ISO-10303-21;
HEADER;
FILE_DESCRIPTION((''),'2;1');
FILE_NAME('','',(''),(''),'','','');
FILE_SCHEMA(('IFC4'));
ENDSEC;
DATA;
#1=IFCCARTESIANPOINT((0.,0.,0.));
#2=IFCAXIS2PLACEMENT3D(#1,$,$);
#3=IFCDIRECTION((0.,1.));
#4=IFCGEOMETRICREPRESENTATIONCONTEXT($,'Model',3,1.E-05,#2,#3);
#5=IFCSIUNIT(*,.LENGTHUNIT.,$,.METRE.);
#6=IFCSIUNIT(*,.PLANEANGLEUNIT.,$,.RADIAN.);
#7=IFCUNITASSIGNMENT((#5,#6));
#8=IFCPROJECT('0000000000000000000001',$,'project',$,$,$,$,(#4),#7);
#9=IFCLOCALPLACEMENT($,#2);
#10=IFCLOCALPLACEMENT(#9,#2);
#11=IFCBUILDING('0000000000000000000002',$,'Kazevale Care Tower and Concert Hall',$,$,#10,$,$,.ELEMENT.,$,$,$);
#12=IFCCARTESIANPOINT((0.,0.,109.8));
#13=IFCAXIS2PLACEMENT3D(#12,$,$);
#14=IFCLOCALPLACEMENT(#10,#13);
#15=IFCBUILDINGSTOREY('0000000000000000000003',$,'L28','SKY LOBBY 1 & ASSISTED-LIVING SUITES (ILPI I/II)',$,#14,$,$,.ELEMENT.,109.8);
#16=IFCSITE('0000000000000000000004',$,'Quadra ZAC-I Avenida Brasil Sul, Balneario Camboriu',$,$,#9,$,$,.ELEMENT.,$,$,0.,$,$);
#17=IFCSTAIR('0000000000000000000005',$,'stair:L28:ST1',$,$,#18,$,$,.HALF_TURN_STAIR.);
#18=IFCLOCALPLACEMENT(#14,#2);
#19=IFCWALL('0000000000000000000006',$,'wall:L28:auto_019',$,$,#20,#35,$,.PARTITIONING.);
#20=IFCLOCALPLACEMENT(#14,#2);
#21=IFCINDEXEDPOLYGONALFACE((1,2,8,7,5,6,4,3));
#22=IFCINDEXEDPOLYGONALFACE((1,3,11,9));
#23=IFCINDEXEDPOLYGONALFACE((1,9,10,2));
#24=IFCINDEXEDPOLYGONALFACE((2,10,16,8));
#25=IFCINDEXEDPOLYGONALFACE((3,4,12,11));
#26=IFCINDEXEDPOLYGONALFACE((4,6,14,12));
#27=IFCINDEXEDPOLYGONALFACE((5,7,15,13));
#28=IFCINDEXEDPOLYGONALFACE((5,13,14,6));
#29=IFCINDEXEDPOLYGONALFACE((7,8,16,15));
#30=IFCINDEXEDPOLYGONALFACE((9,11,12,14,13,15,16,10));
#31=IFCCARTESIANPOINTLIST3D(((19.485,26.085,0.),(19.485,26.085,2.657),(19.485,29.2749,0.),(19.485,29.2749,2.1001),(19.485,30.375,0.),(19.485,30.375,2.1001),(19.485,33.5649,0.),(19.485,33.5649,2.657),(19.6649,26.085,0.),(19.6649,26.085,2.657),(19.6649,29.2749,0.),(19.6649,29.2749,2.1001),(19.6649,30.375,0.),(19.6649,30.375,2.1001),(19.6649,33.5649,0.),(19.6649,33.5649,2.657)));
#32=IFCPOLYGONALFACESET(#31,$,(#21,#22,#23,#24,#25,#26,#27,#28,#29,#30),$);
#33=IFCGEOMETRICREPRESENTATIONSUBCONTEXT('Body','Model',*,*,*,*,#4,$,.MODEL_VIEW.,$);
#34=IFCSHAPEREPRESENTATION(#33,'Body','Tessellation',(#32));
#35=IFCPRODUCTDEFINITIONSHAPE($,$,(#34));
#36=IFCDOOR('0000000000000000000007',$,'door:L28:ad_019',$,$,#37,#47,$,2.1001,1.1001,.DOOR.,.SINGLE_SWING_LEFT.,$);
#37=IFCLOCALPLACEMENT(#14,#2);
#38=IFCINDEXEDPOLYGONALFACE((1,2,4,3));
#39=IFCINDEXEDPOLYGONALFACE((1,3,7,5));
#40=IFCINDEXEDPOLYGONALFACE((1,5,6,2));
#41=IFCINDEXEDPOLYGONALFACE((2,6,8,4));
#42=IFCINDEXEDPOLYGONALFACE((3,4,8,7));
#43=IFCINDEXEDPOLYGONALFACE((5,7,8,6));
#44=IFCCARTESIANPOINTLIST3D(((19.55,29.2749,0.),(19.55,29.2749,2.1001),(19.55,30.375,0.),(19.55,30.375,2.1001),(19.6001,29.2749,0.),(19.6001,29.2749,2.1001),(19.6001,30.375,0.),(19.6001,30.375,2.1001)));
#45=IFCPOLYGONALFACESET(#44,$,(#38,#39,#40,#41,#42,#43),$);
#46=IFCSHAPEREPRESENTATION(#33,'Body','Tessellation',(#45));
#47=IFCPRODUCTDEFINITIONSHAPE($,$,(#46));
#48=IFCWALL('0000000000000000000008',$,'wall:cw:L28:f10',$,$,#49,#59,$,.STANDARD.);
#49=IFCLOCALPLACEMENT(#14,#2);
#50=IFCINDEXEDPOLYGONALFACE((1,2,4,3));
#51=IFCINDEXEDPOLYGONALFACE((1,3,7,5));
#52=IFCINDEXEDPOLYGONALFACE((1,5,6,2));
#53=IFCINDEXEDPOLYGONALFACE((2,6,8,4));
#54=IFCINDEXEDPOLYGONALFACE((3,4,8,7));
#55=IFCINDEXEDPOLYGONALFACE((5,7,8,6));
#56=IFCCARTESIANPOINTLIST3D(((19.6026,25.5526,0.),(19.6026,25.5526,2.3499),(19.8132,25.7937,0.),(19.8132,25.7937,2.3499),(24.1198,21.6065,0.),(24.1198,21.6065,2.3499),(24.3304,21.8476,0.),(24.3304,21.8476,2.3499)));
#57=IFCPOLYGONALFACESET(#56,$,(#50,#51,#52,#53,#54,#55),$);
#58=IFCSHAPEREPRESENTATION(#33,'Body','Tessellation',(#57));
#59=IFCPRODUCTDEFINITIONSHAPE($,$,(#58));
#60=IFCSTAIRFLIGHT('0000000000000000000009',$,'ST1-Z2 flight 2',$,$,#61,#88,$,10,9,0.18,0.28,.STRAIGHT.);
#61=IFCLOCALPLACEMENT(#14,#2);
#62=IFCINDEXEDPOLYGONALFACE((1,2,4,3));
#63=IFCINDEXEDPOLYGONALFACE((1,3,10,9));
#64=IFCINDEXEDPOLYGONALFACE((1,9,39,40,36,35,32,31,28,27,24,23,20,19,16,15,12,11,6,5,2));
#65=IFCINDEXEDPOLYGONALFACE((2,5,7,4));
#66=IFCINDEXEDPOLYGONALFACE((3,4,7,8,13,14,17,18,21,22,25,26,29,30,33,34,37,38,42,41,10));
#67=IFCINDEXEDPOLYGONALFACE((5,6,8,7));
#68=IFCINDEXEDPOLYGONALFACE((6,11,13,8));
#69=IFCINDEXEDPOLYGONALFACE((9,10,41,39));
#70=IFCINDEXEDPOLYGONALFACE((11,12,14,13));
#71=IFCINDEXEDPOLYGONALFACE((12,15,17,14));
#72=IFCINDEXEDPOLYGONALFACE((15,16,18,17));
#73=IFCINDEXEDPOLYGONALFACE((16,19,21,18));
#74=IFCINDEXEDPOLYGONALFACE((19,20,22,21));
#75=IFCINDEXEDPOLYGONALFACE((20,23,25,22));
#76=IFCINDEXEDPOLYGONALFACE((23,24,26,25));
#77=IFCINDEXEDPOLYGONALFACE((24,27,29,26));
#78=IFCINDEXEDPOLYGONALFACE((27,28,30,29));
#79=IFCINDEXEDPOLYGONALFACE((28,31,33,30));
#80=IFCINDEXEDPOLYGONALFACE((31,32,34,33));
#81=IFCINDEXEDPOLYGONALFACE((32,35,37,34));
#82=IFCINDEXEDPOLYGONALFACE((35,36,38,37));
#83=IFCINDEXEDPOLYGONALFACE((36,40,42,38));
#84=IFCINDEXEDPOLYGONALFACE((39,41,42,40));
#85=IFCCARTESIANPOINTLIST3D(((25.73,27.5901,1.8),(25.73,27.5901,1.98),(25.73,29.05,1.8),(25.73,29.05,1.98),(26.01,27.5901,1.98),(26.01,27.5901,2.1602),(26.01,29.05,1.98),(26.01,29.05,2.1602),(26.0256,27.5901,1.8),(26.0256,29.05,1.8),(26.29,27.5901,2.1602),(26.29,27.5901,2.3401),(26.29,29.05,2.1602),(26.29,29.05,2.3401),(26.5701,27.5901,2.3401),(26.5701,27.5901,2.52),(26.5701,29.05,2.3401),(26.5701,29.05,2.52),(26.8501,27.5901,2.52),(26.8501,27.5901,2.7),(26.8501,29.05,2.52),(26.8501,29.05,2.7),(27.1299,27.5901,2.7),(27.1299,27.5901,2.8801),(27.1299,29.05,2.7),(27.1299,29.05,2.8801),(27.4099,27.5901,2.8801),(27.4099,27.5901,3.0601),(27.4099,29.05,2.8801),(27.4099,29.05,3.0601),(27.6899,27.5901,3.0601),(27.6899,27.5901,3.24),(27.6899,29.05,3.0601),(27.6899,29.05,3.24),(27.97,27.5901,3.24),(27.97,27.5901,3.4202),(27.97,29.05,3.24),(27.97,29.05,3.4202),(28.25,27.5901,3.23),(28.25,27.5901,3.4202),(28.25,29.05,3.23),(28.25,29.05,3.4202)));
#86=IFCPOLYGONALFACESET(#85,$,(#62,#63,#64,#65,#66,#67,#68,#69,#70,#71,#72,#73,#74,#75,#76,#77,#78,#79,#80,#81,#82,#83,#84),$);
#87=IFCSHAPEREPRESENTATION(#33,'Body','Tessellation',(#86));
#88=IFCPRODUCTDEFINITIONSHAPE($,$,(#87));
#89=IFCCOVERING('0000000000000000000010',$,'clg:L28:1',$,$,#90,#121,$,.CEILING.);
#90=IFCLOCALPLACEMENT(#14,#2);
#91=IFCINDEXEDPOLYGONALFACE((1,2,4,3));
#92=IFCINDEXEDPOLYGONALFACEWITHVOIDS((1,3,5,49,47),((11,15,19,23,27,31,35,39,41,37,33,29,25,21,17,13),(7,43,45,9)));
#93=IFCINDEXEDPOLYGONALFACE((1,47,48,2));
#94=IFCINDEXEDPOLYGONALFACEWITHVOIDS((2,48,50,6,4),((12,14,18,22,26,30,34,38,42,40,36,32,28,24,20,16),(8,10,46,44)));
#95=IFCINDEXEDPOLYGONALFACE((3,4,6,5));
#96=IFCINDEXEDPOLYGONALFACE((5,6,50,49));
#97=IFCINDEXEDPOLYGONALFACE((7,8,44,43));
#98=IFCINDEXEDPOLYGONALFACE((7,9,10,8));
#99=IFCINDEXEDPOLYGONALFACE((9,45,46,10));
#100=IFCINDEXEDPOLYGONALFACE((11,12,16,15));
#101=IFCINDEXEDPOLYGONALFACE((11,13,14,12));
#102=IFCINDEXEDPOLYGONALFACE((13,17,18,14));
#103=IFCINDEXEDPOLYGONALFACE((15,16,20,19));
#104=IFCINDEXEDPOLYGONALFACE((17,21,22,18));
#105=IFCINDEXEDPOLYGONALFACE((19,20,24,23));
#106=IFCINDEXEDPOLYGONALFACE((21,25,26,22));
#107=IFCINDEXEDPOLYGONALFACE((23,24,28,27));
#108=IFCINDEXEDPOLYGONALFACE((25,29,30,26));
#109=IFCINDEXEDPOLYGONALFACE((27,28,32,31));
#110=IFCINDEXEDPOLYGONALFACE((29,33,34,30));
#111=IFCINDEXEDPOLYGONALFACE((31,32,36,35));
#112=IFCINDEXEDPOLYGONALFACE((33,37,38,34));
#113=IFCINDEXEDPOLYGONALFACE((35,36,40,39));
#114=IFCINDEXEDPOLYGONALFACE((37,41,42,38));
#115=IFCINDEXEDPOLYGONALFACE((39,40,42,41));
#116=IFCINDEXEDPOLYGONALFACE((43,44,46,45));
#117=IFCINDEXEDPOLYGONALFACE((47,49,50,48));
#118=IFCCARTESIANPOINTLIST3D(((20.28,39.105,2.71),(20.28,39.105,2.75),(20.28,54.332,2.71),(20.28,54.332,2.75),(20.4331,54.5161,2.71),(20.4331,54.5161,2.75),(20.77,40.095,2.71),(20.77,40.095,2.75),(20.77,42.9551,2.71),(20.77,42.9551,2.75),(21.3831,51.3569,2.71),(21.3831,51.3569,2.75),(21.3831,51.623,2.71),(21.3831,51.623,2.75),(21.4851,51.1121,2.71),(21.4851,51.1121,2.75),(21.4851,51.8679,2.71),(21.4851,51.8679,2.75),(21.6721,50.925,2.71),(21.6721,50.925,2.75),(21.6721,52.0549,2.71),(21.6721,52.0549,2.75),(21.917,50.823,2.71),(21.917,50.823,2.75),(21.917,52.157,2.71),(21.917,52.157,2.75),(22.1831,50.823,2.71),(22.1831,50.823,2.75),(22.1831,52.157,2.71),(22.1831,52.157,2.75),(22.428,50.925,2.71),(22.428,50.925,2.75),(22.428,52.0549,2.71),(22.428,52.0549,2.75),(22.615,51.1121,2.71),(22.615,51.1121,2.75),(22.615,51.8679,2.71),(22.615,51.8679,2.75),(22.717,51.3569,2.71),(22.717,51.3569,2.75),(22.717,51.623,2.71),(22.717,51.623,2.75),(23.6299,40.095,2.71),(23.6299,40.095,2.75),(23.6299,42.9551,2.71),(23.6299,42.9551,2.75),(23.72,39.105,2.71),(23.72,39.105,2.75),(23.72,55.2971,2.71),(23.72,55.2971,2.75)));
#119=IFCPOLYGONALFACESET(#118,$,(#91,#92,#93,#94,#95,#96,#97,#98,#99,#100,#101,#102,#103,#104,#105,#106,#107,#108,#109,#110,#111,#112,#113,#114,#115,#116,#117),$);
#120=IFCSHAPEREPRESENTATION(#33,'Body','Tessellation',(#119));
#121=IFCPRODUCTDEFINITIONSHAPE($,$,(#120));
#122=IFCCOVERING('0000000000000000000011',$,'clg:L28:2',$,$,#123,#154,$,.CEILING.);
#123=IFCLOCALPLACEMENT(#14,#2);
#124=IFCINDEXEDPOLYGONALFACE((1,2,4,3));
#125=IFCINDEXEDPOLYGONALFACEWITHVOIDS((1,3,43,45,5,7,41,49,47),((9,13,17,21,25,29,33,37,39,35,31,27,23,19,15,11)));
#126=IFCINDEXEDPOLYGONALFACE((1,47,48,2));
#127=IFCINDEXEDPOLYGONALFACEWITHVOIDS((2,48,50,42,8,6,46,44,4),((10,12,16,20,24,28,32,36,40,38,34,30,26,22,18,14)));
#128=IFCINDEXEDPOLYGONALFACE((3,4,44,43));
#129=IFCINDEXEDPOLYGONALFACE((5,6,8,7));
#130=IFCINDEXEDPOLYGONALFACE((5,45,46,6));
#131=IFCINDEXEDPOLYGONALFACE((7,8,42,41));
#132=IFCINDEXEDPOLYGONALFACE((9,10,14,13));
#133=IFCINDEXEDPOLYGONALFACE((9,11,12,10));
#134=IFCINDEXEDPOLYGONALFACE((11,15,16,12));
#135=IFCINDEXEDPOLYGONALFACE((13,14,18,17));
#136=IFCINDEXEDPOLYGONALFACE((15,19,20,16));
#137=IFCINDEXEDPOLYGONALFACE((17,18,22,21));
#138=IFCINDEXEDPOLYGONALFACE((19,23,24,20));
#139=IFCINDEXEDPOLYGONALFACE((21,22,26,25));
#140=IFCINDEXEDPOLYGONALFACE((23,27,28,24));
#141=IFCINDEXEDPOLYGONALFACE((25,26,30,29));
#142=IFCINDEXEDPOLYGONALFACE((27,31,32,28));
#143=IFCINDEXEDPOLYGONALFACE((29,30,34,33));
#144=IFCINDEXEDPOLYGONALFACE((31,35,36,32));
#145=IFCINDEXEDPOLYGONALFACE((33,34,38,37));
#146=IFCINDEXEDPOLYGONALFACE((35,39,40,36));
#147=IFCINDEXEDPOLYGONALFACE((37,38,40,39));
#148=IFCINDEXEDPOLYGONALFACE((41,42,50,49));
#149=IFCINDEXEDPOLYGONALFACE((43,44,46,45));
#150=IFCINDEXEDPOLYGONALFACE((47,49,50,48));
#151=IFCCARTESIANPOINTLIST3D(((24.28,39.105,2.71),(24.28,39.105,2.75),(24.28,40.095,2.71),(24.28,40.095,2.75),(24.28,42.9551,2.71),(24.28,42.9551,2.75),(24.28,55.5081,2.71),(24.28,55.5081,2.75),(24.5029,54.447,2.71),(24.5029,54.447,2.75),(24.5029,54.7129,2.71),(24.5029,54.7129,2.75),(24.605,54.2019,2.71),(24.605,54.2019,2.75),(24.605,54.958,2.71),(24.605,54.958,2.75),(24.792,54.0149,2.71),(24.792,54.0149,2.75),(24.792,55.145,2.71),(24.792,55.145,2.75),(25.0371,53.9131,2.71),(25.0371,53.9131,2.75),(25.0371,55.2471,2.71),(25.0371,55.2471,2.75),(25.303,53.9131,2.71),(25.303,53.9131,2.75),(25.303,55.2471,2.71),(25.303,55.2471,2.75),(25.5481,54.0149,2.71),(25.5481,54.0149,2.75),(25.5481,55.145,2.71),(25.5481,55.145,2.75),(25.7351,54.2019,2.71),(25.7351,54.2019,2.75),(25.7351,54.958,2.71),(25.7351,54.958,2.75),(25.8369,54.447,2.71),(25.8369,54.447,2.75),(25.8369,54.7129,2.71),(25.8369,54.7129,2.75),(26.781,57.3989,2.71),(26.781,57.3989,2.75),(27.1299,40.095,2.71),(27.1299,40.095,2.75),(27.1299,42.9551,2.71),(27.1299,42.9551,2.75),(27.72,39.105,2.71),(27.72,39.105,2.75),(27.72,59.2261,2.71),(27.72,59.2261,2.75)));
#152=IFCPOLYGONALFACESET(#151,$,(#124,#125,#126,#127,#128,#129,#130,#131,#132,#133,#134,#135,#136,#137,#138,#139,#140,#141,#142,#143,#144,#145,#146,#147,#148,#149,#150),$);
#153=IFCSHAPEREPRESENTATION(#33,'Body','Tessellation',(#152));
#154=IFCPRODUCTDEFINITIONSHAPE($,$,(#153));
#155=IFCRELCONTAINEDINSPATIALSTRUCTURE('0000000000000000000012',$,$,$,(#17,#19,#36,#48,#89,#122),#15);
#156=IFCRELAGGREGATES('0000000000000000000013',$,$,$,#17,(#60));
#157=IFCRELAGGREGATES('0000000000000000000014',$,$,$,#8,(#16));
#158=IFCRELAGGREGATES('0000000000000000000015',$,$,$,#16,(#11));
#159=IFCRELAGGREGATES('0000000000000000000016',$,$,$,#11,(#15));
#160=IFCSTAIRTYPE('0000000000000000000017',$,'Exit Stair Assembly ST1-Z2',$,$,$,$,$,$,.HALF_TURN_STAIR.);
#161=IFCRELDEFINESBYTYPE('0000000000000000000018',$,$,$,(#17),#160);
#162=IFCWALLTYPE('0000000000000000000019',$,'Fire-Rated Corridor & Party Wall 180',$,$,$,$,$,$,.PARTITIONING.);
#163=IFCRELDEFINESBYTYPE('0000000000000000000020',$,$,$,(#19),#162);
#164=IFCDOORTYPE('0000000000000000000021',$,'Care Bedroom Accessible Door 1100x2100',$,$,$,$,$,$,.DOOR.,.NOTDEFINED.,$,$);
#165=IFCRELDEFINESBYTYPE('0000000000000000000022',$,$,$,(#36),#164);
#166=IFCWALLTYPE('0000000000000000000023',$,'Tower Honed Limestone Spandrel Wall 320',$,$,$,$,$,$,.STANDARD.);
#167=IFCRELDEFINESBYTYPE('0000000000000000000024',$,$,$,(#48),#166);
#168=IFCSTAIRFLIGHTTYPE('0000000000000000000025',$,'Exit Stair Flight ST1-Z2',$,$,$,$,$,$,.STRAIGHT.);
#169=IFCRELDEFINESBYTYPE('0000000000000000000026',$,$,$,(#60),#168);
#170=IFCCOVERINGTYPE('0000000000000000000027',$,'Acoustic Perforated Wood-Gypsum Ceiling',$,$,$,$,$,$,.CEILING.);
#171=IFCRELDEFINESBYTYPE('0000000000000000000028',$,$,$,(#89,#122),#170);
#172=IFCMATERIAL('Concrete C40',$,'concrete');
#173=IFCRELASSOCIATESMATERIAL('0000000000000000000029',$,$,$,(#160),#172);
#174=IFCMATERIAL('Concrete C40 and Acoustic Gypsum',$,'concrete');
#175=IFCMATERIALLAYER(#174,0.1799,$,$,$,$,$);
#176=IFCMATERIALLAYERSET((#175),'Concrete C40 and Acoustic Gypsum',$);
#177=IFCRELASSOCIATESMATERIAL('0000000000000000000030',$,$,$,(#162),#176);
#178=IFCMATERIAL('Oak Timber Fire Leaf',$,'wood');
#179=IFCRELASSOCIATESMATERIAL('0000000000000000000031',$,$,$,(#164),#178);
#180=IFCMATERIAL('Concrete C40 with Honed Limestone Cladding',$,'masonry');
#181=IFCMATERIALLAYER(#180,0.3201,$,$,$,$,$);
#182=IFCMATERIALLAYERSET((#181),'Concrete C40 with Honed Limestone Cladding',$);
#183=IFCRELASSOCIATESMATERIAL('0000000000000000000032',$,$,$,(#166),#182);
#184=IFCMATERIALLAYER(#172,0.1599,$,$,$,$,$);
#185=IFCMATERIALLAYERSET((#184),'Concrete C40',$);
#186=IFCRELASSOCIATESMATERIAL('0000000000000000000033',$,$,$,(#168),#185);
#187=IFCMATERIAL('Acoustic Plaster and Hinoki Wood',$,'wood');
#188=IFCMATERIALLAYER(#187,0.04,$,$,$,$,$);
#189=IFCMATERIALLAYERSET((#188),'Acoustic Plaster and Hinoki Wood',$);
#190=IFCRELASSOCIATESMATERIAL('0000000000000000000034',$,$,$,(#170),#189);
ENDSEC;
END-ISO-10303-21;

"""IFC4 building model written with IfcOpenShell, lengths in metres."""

from ifc_helpers import new_model, si_unit, direction, frame, frame_2d, origin, place, context, subcontext, project, spatial, polyline, rectangle, outline, extrude, material, layer, layer_set, type_object, element, fill, aggregate, save


model = new_model("IFC4")

# Units and contexts
model_context = context("Model", 3, precision=1e-05, world=origin(), true_north=direction((0.0, 1.0)))
body_context = subcontext(model_context, "Body", "Model", "MODEL_VIEW")
ifc_project = project(units=[si_unit("LENGTHUNIT", "METRE"), si_unit("PLANEANGLEUNIT", "RADIAN")], contexts=[model_context])

# Site, building, storey
site_placement = place(None, origin())
site = spatial("IfcSite", under=ifc_project, at=site_placement, Name="Quadra ZAC-I Avenida Brasil Sul, Balneario Camboriu", CompositionType="ELEMENT", RefElevation=0.0)
building_placement = place(site_placement, origin())
building = spatial("IfcBuilding", under=site, at=building_placement, Name="Kazevale Care Tower and Concert Hall", CompositionType="ELEMENT")
storey_placement = place(building_placement, frame((0.0, 0.0, 109.8)))
storey = spatial("IfcBuildingStorey", under=building, at=storey_placement, Name="L28", Description="SKY LOBBY 1 & ASSISTED-LIVING SUITES (ILPI I/II)", CompositionType="ELEMENT", Elevation=109.8)

# Shared definitions
ifc_material_1 = material(Name="Concrete C40", Category="concrete")

# Stair
stair_type = type_object("IfcStairType", Name="Exit Stair Assembly ST1-Z2", PredefinedType="HALF_TURN_STAIR", material=ifc_material_1)
stair_1_placement = place(storey_placement, origin())
stair_1 = element("IfcStair", 1, at=stair_1_placement, inside=storey, type_object=stair_type, Name="stair:L28:ST1", PredefinedType="HALF_TURN_STAIR")

# Wall, opening, door
ifc_material_2 = material(Name="Concrete C40 and Acoustic Gypsum", Category="concrete")
ifc_layer_1 = layer(ifc_material_2, 0.1799)
ifc_layer_set_1 = layer_set([ifc_layer_1], Name="Concrete C40 and Acoustic Gypsum")
wall_type_1 = type_object("IfcWallType", Name="Fire-Rated Corridor & Party Wall 180", PredefinedType="PARTITIONING", material=ifc_layer_set_1)
wall_1_placement = place(storey_placement, frame((19.575, 26.085, 0.0), z_axis=(0.0, 0.0, 1.0), x_axis=(0.0, 1.0, 0.0)))
wall_1 = element("IfcWall", 2, at=wall_1_placement, inside=storey, type_object=wall_type_1, Name="wall:L28:auto_019", PredefinedType="PARTITIONING", context=body_context, shape_type="SweptSolid", body=[
    extrude(rectangle(XDim=7.48, YDim=0.1799, at=frame_2d((3.74, 0.0))), origin(), (0.0, 0.0, 1.0), 2.657),
])
opening_1_placement = place(wall_1_placement, frame((3.1899, 0.0, 0.0)))
opening_1 = element("IfcOpeningElement", 3, at=opening_1_placement, cuts=wall_1, PredefinedType="OPENING", context=body_context, shape_type="SweptSolid", body=[
    extrude(rectangle(XDim=1.1001, YDim=2.1001, at=frame_2d((0.55, 1.05))), frame((0.0, 0.0999, 0.0), z_axis=(0.0, -1.0, 0.0), x_axis=(1.0, 0.0, 0.0)), (0.0, 0.0, 1.0), 0.2),
])
ifc_material_3 = material(Name="Oak Timber Fire Leaf", Category="wood")
door_type_1 = type_object("IfcDoorType", Name="Care Bedroom Accessible Door 1100x2100", OperationType="NOTDEFINED", PredefinedType="DOOR", material=ifc_material_3)
door_1_placement = place(opening_1_placement, origin())
door_1 = element("IfcDoor", 4, at=door_1_placement, inside=storey, type_object=door_type_1, Name="door:L28:ad_019", OperationType="SINGLE_SWING_LEFT", OverallHeight=2.1001, OverallWidth=1.1001, PredefinedType="DOOR", context=body_context, shape_type="SweptSolid", body=[
    extrude(rectangle(XDim=1.1001, YDim=2.1001, at=frame_2d((0.55, 1.05))), frame((0.0, 0.0249, 0.0), z_axis=(0.0, -1.0, 0.0), x_axis=(1.0, 0.0, 0.0)), (0.0, 0.0, 1.0), 0.05),
])
fill(opening_1, door_1)

# Wall
ifc_material_4 = material(Name="Concrete C40 with Honed Limestone Cladding", Category="masonry")
ifc_layer_2 = layer(ifc_material_4, 0.3201)
ifc_layer_set_2 = layer_set([ifc_layer_2], Name="Concrete C40 with Honed Limestone Cladding")
wall_type_2 = type_object("IfcWallType", Name="Tower Honed Limestone Spandrel Wall 320", PredefinedType="STANDARD", material=ifc_layer_set_2)
wall_2_placement = place(storey_placement, frame((24.2251, 21.7271, 0.0), z_axis=(0.0, 0.0, 1.0), x_axis=(-0.753106, 0.657899, 0.0)))
element("IfcWall", 5, at=wall_2_placement, inside=storey, type_object=wall_type_2, Name="wall:cw:L28:f10", PredefinedType="STANDARD", context=body_context, shape_type="SweptSolid", body=[
    extrude(rectangle(XDim=5.998, YDim=0.3201, at=frame_2d((2.999, 0.0))), origin(), (0.0, 0.0, 1.0), 2.3499),
])

# Stair flight
ifc_layer_3 = layer(ifc_material_1, 0.1599)
ifc_layer_set_3 = layer_set([ifc_layer_3], Name="Concrete C40")
stair_flight_type = type_object("IfcStairFlightType", Name="Exit Stair Flight ST1-Z2", PredefinedType="STRAIGHT", material=ifc_layer_set_3)
stair_flight_placement = place(storey_placement, frame((25.73, 28.3201, 1.8), z_axis=(0.0, 0.0, 1.0), x_axis=(1.0, 0.0, 0.0)))
stair_flight = element("IfcStairFlight", 6, at=stair_flight_placement, type_object=stair_flight_type, Name="ST1-Z2 flight 2", NumberOfRisers=10, NumberOfTreads=9, PredefinedType="STRAIGHT", RiserHeight=0.18, TreadLength=0.28, context=body_context, shape_type="SweptSolid", body=[
    extrude(outline(polyline([(0.0, 0.0), (0.0, 0.1799), (0.28, 0.1799), (0.28, 0.3601), (0.5601, 0.3601), (0.5601, 0.54), (0.8401, 0.54), (0.8401, 0.72), (1.1201, 0.72), (1.1201, 0.8999), (1.3999, 0.8999), (1.3999, 1.0801), (1.6799, 1.0801), (1.6799, 1.26), (1.96, 1.26), (1.96, 1.4399), (2.24, 1.4399), (2.24, 1.6201), (2.52, 1.6201), (2.52, 1.8), (2.52, 1.4299), (0.2957, 0.0), (0.0, 0.0)])), frame((0.0, 0.73, 0.0), z_axis=(0.0, -1.0, 0.0), x_axis=(1.0, 0.0, 0.0)), (0.0, 0.0, 1.0), 1.46),
])
aggregate(stair_1, [stair_flight])

# Coverings
ifc_material_5 = material(Name="Acoustic Plaster and Hinoki Wood", Category="wood")
ifc_layer_4 = layer(ifc_material_5, 0.04)
ifc_layer_set_4 = layer_set([ifc_layer_4], Name="Acoustic Plaster and Hinoki Wood")
covering_type = type_object("IfcCoveringType", Name="Acoustic Perforated Wood-Gypsum Ceiling", PredefinedType="CEILING", material=ifc_layer_set_4)
covering_1_placement = place(storey_placement, frame((0.0, 0.0, 2.71)))
element("IfcCovering", 7, at=covering_1_placement, inside=storey, type_object=covering_type, Name="clg:L28:1", PredefinedType="CEILING", context=body_context, shape_type="SweptSolid", body=[
    extrude(outline(polyline([(23.72, 39.105), (20.28, 39.105), (20.28, 54.332), (20.4331, 54.5161), (23.72, 55.2971), (23.72, 39.105)]), holes=[polyline([(20.77, 42.9551), (20.77, 40.095), (23.6299, 40.095), (23.6299, 42.9551), (20.77, 42.9551)]), polyline([(22.717, 51.623), (22.615, 51.8679), (22.428, 52.0549), (22.1831, 52.157), (21.917, 52.157), (21.6721, 52.0549), (21.4851, 51.8679), (21.3831, 51.623), (21.3831, 51.3569), (21.4851, 51.1121), (21.6721, 50.925), (21.917, 50.823), (22.1831, 50.823), (22.428, 50.925), (22.615, 51.1121), (22.717, 51.3569), (22.717, 51.623)])]), origin(), (0.0, 0.0, 1.0), 0.04),
])
covering_2_placement = place(storey_placement, frame((0.0, 0.0, 2.71)))
element("IfcCovering", 8, at=covering_2_placement, inside=storey, type_object=covering_type, Name="clg:L28:2", PredefinedType="CEILING", context=body_context, shape_type="SweptSolid", body=[
    extrude(outline(polyline([(27.1299, 40.095), (27.1299, 42.9551), (24.28, 42.9551), (24.28, 55.5081), (26.781, 57.3989), (27.72, 59.2261), (27.72, 39.105), (24.28, 39.105), (24.28, 40.095), (27.1299, 40.095)]), holes=[polyline([(25.8369, 54.7129), (25.7351, 54.958), (25.5481, 55.145), (25.303, 55.2471), (25.0371, 55.2471), (24.792, 55.145), (24.605, 54.958), (24.5029, 54.7129), (24.5029, 54.447), (24.605, 54.2019), (24.792, 54.0149), (25.0371, 53.9131), (25.303, 53.9131), (25.5481, 54.0149), (25.7351, 54.2019), (25.8369, 54.447), (25.8369, 54.7129)])]), origin(), (0.0, 0.0, 1.0), 0.04),
])

save(model, "model.ifc")
